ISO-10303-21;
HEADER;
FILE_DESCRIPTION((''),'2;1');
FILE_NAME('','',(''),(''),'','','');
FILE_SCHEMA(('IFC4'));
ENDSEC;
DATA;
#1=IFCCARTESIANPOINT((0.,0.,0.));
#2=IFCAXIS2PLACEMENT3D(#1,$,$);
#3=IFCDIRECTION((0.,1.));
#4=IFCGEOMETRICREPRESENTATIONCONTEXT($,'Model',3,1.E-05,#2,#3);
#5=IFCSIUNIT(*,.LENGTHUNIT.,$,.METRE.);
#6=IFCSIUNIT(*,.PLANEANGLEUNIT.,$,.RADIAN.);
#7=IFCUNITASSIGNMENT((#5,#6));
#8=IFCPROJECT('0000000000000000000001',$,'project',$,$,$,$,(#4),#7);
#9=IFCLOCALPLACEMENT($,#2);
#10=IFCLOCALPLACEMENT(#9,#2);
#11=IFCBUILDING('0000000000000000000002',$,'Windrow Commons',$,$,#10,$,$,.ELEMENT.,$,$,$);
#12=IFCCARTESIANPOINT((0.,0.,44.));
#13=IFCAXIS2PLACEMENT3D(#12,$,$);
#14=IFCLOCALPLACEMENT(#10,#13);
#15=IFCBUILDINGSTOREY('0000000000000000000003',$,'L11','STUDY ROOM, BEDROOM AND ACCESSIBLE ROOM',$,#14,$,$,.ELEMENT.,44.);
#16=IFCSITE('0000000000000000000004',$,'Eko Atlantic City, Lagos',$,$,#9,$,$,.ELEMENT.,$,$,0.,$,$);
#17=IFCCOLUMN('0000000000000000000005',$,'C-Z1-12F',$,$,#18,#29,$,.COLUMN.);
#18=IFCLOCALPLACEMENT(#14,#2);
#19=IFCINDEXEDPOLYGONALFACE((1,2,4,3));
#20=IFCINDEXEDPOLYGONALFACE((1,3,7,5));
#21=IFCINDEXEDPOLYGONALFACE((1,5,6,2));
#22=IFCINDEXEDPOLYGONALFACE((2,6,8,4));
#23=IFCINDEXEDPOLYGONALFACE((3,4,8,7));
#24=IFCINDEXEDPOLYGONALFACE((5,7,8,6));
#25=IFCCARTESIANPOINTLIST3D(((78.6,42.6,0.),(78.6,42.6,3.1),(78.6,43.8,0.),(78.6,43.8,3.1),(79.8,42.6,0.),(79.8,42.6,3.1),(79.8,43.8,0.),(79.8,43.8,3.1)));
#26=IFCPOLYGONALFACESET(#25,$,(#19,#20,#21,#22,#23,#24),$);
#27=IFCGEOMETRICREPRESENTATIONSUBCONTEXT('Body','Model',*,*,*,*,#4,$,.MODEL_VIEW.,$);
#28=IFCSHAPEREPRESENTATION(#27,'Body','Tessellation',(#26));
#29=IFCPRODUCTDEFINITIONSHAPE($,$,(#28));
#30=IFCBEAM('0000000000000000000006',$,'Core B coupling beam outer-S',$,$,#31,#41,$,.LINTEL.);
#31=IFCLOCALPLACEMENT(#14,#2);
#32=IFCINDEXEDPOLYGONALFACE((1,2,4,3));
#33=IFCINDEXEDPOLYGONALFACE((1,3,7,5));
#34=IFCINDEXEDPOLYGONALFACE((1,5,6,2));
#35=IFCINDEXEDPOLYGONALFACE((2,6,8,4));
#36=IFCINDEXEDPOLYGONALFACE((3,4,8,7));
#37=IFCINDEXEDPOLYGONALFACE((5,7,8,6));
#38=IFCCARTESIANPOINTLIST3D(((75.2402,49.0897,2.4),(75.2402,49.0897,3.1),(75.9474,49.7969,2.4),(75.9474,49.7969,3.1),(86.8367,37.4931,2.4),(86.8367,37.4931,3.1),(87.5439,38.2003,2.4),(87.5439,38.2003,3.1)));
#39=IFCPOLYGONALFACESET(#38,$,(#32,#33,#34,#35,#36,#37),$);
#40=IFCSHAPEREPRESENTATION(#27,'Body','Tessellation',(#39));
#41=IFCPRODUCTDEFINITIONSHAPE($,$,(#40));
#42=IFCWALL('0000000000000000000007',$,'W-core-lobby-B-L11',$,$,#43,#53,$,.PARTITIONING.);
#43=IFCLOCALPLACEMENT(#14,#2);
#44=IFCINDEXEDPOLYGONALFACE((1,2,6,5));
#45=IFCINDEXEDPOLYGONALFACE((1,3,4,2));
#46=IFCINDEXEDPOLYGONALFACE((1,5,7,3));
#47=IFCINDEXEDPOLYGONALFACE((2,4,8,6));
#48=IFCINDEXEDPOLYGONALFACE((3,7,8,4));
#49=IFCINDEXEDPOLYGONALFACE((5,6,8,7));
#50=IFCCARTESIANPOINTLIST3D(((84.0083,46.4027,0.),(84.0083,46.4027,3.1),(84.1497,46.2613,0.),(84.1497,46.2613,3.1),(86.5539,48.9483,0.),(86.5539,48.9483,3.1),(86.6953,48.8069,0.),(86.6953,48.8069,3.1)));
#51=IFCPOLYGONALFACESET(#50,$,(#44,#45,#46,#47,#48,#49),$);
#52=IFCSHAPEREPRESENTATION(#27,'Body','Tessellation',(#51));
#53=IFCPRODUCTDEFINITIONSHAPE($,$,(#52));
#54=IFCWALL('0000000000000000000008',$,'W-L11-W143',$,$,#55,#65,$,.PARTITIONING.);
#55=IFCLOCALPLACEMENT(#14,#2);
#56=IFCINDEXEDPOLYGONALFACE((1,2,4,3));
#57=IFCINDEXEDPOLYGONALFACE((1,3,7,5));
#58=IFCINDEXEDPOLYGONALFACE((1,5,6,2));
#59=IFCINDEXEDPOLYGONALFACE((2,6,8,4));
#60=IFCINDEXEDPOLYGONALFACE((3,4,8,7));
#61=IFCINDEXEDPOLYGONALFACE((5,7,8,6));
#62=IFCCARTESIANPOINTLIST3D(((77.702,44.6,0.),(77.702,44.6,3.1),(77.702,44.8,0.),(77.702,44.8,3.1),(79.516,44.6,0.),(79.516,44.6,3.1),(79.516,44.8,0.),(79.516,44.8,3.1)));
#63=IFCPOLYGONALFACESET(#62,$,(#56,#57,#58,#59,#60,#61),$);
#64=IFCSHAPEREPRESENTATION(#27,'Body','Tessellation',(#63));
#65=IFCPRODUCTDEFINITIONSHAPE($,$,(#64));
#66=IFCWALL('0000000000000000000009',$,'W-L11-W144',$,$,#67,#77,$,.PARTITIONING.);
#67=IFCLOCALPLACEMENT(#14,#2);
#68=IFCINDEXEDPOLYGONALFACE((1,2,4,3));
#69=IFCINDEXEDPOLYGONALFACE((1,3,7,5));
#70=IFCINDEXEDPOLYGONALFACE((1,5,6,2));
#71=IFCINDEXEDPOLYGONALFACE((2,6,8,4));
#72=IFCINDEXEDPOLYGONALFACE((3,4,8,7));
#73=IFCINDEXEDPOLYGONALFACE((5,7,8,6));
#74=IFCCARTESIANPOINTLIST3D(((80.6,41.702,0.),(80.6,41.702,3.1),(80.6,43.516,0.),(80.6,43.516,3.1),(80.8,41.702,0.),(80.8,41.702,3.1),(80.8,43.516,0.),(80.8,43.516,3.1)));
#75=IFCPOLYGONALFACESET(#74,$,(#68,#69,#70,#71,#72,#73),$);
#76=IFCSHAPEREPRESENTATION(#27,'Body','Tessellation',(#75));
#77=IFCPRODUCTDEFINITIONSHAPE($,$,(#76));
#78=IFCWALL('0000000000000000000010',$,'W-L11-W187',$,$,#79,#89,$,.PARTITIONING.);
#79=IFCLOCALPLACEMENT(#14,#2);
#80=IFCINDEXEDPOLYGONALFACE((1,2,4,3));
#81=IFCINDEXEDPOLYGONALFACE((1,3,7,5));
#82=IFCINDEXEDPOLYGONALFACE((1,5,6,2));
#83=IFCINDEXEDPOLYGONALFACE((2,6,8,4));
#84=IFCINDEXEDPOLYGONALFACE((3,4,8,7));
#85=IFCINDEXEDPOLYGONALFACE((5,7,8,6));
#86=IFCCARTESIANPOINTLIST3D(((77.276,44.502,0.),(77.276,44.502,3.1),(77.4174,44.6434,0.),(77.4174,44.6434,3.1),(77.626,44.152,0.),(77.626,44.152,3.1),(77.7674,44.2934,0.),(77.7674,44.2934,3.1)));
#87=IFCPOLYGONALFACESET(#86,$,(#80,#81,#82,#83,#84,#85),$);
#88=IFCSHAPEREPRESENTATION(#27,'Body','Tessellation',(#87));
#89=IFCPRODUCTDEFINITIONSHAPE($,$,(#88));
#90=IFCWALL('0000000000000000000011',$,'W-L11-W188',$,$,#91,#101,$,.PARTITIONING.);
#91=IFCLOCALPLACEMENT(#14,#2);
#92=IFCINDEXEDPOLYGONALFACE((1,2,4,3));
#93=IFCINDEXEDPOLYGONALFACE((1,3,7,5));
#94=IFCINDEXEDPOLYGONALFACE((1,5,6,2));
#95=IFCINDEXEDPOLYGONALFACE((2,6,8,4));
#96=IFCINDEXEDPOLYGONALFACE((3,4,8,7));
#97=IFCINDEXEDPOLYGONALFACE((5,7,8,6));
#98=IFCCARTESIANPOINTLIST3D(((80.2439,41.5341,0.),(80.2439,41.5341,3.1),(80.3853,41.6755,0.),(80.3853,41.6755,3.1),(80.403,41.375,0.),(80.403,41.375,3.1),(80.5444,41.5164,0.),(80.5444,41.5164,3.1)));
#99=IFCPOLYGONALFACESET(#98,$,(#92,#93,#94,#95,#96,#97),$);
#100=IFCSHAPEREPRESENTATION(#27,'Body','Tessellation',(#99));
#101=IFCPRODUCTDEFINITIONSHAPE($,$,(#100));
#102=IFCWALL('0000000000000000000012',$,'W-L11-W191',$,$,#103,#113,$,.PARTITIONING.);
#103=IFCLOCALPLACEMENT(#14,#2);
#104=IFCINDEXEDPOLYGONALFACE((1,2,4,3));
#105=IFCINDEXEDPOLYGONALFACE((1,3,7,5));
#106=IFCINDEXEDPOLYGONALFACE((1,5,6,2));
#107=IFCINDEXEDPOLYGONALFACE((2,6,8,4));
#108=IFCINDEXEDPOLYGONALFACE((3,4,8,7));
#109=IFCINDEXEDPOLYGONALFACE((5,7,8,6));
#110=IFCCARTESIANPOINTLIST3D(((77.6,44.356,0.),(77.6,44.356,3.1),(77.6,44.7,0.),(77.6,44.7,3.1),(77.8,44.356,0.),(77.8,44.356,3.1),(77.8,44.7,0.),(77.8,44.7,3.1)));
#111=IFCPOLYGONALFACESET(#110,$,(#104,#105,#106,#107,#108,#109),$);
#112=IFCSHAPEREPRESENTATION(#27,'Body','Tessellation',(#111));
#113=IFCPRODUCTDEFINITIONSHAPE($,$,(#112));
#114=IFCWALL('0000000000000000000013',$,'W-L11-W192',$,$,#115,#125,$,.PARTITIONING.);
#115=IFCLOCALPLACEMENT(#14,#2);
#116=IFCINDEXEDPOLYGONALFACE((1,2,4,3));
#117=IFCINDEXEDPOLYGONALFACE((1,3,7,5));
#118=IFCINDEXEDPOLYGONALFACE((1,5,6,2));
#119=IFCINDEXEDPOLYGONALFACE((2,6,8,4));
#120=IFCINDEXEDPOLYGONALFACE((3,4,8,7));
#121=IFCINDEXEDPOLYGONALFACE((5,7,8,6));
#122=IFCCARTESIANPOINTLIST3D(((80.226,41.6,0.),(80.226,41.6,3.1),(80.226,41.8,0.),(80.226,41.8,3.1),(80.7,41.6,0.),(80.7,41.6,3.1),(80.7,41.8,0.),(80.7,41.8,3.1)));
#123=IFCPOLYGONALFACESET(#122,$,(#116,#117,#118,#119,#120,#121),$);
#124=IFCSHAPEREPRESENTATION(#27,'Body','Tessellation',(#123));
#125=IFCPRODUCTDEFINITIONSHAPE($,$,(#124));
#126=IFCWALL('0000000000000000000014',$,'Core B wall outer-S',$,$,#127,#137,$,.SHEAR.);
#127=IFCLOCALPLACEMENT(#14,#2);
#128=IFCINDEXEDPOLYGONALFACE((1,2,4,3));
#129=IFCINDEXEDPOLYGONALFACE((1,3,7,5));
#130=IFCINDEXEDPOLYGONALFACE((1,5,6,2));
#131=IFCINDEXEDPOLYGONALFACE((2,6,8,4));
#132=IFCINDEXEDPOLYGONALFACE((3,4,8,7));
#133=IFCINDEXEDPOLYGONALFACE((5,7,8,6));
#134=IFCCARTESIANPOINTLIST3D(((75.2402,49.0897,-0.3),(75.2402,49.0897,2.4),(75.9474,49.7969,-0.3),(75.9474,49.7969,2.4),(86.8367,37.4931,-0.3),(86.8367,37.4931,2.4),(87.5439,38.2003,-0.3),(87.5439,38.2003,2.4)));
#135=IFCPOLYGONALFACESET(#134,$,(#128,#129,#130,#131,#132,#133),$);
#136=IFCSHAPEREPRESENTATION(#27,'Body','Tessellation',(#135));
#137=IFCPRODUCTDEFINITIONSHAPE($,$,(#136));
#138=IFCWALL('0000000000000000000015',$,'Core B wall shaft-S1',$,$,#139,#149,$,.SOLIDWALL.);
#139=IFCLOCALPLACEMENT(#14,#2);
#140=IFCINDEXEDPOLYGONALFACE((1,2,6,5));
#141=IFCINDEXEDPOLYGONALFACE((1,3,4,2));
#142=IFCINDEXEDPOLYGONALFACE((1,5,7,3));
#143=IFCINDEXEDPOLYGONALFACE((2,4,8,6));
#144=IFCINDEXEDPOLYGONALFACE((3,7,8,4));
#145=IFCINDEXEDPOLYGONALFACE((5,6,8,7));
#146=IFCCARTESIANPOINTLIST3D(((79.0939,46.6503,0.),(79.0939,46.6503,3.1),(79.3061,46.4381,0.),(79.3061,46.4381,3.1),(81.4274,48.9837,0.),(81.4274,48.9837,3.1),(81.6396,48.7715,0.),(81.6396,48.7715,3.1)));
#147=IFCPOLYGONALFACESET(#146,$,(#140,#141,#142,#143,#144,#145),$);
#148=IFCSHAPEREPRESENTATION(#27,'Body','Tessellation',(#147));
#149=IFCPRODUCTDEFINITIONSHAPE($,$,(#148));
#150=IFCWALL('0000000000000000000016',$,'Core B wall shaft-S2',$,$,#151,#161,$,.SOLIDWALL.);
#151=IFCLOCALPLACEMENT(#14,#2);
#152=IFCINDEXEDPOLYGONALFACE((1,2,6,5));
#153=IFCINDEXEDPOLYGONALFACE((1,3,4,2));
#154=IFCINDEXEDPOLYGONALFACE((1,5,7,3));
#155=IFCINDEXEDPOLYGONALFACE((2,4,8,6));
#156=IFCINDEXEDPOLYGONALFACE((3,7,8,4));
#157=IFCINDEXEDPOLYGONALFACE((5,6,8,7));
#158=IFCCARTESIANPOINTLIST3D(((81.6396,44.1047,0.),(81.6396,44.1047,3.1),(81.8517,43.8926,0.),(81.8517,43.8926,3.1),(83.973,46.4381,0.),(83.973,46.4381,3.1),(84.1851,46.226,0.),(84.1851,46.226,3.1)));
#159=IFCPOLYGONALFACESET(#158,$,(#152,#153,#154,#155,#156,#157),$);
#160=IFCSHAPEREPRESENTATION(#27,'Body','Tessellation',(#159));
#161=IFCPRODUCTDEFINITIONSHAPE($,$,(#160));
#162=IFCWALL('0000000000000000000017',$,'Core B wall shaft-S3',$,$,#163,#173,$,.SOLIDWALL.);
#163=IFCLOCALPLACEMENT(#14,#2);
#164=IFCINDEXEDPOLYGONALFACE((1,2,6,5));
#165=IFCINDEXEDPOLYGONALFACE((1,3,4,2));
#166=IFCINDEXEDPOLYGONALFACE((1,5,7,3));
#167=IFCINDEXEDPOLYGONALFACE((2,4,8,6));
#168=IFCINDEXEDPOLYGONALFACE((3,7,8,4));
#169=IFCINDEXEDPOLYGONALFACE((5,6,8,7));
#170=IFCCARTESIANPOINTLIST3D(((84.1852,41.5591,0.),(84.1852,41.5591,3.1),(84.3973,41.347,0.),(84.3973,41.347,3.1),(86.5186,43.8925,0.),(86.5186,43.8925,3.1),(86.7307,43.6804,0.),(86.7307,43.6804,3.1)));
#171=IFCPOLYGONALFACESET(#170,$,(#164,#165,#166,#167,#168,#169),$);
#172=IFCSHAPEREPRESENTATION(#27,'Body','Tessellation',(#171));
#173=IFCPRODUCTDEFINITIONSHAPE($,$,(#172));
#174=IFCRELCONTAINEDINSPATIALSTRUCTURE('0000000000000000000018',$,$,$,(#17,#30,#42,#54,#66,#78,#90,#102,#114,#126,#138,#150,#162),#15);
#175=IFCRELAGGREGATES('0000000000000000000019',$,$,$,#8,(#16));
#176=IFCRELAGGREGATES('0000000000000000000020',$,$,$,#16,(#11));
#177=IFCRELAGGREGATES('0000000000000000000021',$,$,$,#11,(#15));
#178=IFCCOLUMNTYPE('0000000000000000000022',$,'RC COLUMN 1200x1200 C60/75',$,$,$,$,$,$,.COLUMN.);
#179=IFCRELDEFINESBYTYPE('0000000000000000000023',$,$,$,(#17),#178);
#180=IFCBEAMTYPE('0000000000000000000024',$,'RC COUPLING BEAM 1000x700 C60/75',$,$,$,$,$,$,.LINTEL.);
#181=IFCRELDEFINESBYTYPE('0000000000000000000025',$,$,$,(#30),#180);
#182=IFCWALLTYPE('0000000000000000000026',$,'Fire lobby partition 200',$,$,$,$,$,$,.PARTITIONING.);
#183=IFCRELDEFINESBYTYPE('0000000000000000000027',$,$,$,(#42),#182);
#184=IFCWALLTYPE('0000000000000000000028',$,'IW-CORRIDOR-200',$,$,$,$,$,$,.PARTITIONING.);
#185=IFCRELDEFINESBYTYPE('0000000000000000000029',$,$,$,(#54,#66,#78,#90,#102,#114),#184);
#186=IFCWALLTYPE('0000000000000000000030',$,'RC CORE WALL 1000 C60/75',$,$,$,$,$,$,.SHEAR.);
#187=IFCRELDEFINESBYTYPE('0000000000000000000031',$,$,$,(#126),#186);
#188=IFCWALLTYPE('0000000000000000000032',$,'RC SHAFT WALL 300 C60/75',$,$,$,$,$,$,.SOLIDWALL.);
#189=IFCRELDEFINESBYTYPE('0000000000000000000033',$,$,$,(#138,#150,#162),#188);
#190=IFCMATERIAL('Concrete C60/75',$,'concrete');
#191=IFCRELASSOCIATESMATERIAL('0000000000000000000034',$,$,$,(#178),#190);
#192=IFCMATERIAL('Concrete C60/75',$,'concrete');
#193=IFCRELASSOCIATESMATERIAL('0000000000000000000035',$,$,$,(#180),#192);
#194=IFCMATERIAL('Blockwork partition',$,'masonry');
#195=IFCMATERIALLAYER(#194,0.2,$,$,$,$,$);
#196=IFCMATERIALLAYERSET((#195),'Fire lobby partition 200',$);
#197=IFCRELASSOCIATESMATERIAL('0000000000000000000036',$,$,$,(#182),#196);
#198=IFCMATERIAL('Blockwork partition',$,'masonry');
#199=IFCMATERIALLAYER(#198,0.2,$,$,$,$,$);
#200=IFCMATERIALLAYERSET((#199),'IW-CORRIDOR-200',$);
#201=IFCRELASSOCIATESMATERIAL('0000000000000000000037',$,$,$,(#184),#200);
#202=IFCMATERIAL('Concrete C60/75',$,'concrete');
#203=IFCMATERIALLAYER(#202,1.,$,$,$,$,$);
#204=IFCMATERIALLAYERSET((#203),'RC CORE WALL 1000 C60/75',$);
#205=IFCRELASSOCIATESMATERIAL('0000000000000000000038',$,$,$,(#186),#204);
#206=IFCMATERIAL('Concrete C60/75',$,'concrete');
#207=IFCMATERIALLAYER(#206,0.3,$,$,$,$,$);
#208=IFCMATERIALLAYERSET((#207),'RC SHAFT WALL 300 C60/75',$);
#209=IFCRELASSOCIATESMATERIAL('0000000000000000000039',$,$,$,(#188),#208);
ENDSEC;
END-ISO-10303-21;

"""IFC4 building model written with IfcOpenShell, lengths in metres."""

from ifc_helpers import new_model, si_unit, direction, frame, frame_2d, origin, origin_2d, place, context, subcontext, project, spatial, rectangle, extrude, material, layer, layer_set, material_profile, profile_set, type_object, element, save


model = new_model("IFC4")

# Units and contexts
model_context = context("Model", 3, precision=1e-05, world=origin(), true_north=direction((0.0, 1.0)))
body_context = subcontext(model_context, "Body", "Model", "MODEL_VIEW")
ifc_project = project(units=[si_unit("LENGTHUNIT", "METRE"), si_unit("PLANEANGLEUNIT", "RADIAN")], contexts=[model_context])

# Site, building, storey
site_placement = place(None, origin())
site = spatial("IfcSite", under=ifc_project, at=site_placement, Name="Eko Atlantic City, Lagos", CompositionType="ELEMENT", RefElevation=0.0)
building_placement = place(site_placement, origin())
building = spatial("IfcBuilding", under=site, at=building_placement, Name="Windrow Commons", CompositionType="ELEMENT")
storey_placement = place(building_placement, frame((0.0, 0.0, 44.0)))
storey = spatial("IfcBuildingStorey", under=building, at=storey_placement, Name="L11", Description="STUDY ROOM, BEDROOM AND ACCESSIBLE ROOM", CompositionType="ELEMENT", Elevation=44.0)

# Column
ifc_material_1 = material(Name="Concrete C60/75", Category="concrete")
ifc_material_profile_1 = material_profile(ifc_material_1, rectangle(XDim=1.2, YDim=1.2, at=origin_2d()))
ifc_profile_set_1 = profile_set([ifc_material_profile_1], Name="Concrete C60/75")
column_type = type_object("IfcColumnType", Name="RC COLUMN 1200x1200 C60/75", PredefinedType="COLUMN", material=ifc_profile_set_1)
column_placement = place(storey_placement, frame((79.2, 43.2, 0.0), z_axis=(0.0, 0.0, 1.0), x_axis=(1.0, 0.0, 0.0)))
element("IfcColumn", 1, at=column_placement, inside=storey, type_object=column_type, Name="C-Z1-12F", PredefinedType="COLUMN", context=body_context, shape_type="SweptSolid", body=[
    extrude(rectangle(XDim=1.2, YDim=1.2, at=origin_2d()), origin(), (0.0, 0.0, 1.0), 3.1),
])

# Beam
ifc_material_2 = material(Name="Concrete C60/75", Category="concrete")
ifc_material_profile_2 = material_profile(ifc_material_2, rectangle(XDim=1.0, YDim=0.7, at=origin_2d()))
ifc_profile_set_2 = profile_set([ifc_material_profile_2], Name="Concrete C60/75")
beam_type = type_object("IfcBeamType", Name="RC COUPLING BEAM 1000x700 C60/75", PredefinedType="LINTEL", material=ifc_profile_set_2)
beam_placement = place(storey_placement, frame((75.5938, 49.4433, 2.75), z_axis=(0.707104, -0.70711, 0.0), x_axis=(0.70711, 0.707104, 0.0)))
element("IfcBeam", 2, at=beam_placement, inside=storey, type_object=beam_type, Name="Core B coupling beam outer-S", PredefinedType="LINTEL", context=body_context, shape_type="SweptSolid", body=[
    extrude(rectangle(XDim=1.0, YDim=0.7, at=origin_2d()), origin(), (0.0, 0.0, 1.0), 16.4),
])

# Walls
ifc_material_3 = material(Name="Blockwork partition", Category="masonry")
ifc_layer_1 = layer(ifc_material_3, 0.2)
ifc_layer_set_1 = layer_set([ifc_layer_1], Name="Fire lobby partition 200")
wall_type_1 = type_object("IfcWallType", Name="Fire lobby partition 200", PredefinedType="PARTITIONING", material=ifc_layer_set_1)
wall_1_placement = place(storey_placement, frame((84.079, 46.332, 0.0), z_axis=(0.0, 0.0, 1.0), x_axis=(0.707107, 0.707107, 0.0)))
element("IfcWall", 3, at=wall_1_placement, inside=storey, type_object=wall_type_1, Name="W-core-lobby-B-L11", PredefinedType="PARTITIONING", context=body_context, shape_type="SweptSolid", body=[
    extrude(rectangle(XDim=3.6, YDim=0.2, at=frame_2d((1.8, 0.0))), origin(), (0.0, 0.0, 1.0), 3.1),
])
ifc_material_4 = material(Name="Blockwork partition", Category="masonry")
ifc_layer_2 = layer(ifc_material_4, 0.2)
ifc_layer_set_2 = layer_set([ifc_layer_2], Name="IW-CORRIDOR-200")
wall_type_2 = type_object("IfcWallType", Name="IW-CORRIDOR-200", PredefinedType="PARTITIONING", material=ifc_layer_set_2)
for number, where, z_axis, x_axis, name in (
    (4, (77.702, 44.7, 0.0), (0.0, 0.0, 1.0), (1.0, 0.0, 0.0), "W-L11-W143"),
    (5, (80.7, 41.702, 0.0), (0.0, 0.0, 1.0), (0.0, 1.0, 0.0), "W-L11-W144"),
):
    element("IfcWall", number, at=place(storey_placement, frame(where, z_axis=z_axis, x_axis=x_axis)), inside=storey, type_object=wall_type_2, Name=name, PredefinedType="PARTITIONING", context=body_context, shape_type="SweptSolid", body=[
        extrude(rectangle(XDim=1.814, YDim=0.2, at=frame_2d((0.907, 0.0))), origin(), (0.0, 0.0, 1.0), 3.1),
    ])
wall_2_placement = place(storey_placement, frame((77.3467, 44.5727, 0.0), z_axis=(0.0, 0.0, 1.0), x_axis=(0.707107, -0.707107, 0.0)))
element("IfcWall", 6, at=wall_2_placement, inside=storey, type_object=wall_type_2, Name="W-L11-W187", PredefinedType="PARTITIONING", context=body_context, shape_type="SweptSolid", body=[
    extrude(rectangle(XDim=0.495, YDim=0.2, at=frame_2d((0.2475, 0.0))), origin(), (0.0, 0.0, 1.0), 3.1),
])
wall_3_placement = place(storey_placement, frame((80.3146, 41.6048, 0.0), z_axis=(0.0, 0.0, 1.0), x_axis=(0.707107, -0.707107, 0.0)))
element("IfcWall", 7, at=wall_3_placement, inside=storey, type_object=wall_type_2, Name="W-L11-W188", PredefinedType="PARTITIONING", context=body_context, shape_type="SweptSolid", body=[
    extrude(rectangle(XDim=0.225, YDim=0.2, at=frame_2d((0.1125, 0.0))), origin(), (0.0, 0.0, 1.0), 3.1),
])
wall_4_placement = place(storey_placement, frame((77.7, 44.356, 0.0), z_axis=(0.0, 0.0, 1.0), x_axis=(0.0, 1.0, 0.0)))
element("IfcWall", 8, at=wall_4_placement, inside=storey, type_object=wall_type_2, Name="W-L11-W191", PredefinedType="PARTITIONING", context=body_context, shape_type="SweptSolid", body=[
    extrude(rectangle(XDim=0.344, YDim=0.2, at=frame_2d((0.172, 0.0))), origin(), (0.0, 0.0, 1.0), 3.1),
])
wall_5_placement = place(storey_placement, frame((80.226, 41.7, 0.0), z_axis=(0.0, 0.0, 1.0), x_axis=(1.0, 0.0, 0.0)))
element("IfcWall", 9, at=wall_5_placement, inside=storey, type_object=wall_type_2, Name="W-L11-W192", PredefinedType="PARTITIONING", context=body_context, shape_type="SweptSolid", body=[
    extrude(rectangle(XDim=0.474, YDim=0.2, at=frame_2d((0.237, 0.0))), origin(), (0.0, 0.0, 1.0), 3.1),
])
ifc_material_5 = material(Name="Concrete C60/75", Category="concrete")
ifc_layer_3 = layer(ifc_material_5, 1.0)
ifc_layer_set_3 = layer_set([ifc_layer_3], Name="RC CORE WALL 1000 C60/75")
wall_type_3 = type_object("IfcWallType", Name="RC CORE WALL 1000 C60/75", PredefinedType="SHEAR", material=ifc_layer_set_3)
wall_6_placement = place(storey_placement, frame((75.5938, 49.4433, -0.3), z_axis=(0.0, 0.0, 1.0), x_axis=(0.707104, -0.70711, 0.0)))
element("IfcWall", 10, at=wall_6_placement, inside=storey, type_object=wall_type_3, Name="Core B wall outer-S", PredefinedType="SHEAR", context=body_context, shape_type="SweptSolid", body=[
    extrude(rectangle(XDim=16.4, YDim=1.0, at=frame_2d((8.2, 0.0))), origin(), (0.0, 0.0, 1.0), 2.7),
])
ifc_material_6 = material(Name="Concrete C60/75", Category="concrete")
ifc_layer_4 = layer(ifc_material_6, 0.3)
ifc_layer_set_4 = layer_set([ifc_layer_4], Name="RC SHAFT WALL 300 C60/75")
wall_type_4 = type_object("IfcWallType", Name="RC SHAFT WALL 300 C60/75", PredefinedType="SOLIDWALL", material=ifc_layer_set_4)
wall_7_placement = place(storey_placement, frame((79.2, 46.5442, 0.0), z_axis=(0.0, 0.0, 1.0), x_axis=(0.707122, 0.707092, 0.0)))
element("IfcWall", 11, at=wall_7_placement, inside=storey, type_object=wall_type_4, Name="Core B wall shaft-S1", PredefinedType="SOLIDWALL", context=body_context, shape_type="SweptSolid", body=[
    extrude(rectangle(XDim=3.3, YDim=0.3, at=frame_2d((1.65, 0.0))), origin(), (0.0, 0.0, 1.0), 3.1),
])
for number, where, z_axis, x_axis, name in (
    (12, (81.7456, 43.9986, 0.0), (0.0, 0.0, 1.0), (0.707107, 0.707107, 0.0), "Core B wall shaft-S2"),
    (13, (84.2912, 41.453, 0.0), (0.0, 0.0, 1.0), (0.707107, 0.707107, 0.0), "Core B wall shaft-S3"),
):
    element("IfcWall", number, at=place(storey_placement, frame(where, z_axis=z_axis, x_axis=x_axis)), inside=storey, type_object=wall_type_4, Name=name, PredefinedType="SOLIDWALL", context=body_context, shape_type="SweptSolid", body=[
        extrude(rectangle(XDim=3.2999, YDim=0.3, at=frame_2d((1.65, 0.0))), origin(), (0.0, 0.0, 1.0), 3.1),
    ])

save(model, "model.ifc")
